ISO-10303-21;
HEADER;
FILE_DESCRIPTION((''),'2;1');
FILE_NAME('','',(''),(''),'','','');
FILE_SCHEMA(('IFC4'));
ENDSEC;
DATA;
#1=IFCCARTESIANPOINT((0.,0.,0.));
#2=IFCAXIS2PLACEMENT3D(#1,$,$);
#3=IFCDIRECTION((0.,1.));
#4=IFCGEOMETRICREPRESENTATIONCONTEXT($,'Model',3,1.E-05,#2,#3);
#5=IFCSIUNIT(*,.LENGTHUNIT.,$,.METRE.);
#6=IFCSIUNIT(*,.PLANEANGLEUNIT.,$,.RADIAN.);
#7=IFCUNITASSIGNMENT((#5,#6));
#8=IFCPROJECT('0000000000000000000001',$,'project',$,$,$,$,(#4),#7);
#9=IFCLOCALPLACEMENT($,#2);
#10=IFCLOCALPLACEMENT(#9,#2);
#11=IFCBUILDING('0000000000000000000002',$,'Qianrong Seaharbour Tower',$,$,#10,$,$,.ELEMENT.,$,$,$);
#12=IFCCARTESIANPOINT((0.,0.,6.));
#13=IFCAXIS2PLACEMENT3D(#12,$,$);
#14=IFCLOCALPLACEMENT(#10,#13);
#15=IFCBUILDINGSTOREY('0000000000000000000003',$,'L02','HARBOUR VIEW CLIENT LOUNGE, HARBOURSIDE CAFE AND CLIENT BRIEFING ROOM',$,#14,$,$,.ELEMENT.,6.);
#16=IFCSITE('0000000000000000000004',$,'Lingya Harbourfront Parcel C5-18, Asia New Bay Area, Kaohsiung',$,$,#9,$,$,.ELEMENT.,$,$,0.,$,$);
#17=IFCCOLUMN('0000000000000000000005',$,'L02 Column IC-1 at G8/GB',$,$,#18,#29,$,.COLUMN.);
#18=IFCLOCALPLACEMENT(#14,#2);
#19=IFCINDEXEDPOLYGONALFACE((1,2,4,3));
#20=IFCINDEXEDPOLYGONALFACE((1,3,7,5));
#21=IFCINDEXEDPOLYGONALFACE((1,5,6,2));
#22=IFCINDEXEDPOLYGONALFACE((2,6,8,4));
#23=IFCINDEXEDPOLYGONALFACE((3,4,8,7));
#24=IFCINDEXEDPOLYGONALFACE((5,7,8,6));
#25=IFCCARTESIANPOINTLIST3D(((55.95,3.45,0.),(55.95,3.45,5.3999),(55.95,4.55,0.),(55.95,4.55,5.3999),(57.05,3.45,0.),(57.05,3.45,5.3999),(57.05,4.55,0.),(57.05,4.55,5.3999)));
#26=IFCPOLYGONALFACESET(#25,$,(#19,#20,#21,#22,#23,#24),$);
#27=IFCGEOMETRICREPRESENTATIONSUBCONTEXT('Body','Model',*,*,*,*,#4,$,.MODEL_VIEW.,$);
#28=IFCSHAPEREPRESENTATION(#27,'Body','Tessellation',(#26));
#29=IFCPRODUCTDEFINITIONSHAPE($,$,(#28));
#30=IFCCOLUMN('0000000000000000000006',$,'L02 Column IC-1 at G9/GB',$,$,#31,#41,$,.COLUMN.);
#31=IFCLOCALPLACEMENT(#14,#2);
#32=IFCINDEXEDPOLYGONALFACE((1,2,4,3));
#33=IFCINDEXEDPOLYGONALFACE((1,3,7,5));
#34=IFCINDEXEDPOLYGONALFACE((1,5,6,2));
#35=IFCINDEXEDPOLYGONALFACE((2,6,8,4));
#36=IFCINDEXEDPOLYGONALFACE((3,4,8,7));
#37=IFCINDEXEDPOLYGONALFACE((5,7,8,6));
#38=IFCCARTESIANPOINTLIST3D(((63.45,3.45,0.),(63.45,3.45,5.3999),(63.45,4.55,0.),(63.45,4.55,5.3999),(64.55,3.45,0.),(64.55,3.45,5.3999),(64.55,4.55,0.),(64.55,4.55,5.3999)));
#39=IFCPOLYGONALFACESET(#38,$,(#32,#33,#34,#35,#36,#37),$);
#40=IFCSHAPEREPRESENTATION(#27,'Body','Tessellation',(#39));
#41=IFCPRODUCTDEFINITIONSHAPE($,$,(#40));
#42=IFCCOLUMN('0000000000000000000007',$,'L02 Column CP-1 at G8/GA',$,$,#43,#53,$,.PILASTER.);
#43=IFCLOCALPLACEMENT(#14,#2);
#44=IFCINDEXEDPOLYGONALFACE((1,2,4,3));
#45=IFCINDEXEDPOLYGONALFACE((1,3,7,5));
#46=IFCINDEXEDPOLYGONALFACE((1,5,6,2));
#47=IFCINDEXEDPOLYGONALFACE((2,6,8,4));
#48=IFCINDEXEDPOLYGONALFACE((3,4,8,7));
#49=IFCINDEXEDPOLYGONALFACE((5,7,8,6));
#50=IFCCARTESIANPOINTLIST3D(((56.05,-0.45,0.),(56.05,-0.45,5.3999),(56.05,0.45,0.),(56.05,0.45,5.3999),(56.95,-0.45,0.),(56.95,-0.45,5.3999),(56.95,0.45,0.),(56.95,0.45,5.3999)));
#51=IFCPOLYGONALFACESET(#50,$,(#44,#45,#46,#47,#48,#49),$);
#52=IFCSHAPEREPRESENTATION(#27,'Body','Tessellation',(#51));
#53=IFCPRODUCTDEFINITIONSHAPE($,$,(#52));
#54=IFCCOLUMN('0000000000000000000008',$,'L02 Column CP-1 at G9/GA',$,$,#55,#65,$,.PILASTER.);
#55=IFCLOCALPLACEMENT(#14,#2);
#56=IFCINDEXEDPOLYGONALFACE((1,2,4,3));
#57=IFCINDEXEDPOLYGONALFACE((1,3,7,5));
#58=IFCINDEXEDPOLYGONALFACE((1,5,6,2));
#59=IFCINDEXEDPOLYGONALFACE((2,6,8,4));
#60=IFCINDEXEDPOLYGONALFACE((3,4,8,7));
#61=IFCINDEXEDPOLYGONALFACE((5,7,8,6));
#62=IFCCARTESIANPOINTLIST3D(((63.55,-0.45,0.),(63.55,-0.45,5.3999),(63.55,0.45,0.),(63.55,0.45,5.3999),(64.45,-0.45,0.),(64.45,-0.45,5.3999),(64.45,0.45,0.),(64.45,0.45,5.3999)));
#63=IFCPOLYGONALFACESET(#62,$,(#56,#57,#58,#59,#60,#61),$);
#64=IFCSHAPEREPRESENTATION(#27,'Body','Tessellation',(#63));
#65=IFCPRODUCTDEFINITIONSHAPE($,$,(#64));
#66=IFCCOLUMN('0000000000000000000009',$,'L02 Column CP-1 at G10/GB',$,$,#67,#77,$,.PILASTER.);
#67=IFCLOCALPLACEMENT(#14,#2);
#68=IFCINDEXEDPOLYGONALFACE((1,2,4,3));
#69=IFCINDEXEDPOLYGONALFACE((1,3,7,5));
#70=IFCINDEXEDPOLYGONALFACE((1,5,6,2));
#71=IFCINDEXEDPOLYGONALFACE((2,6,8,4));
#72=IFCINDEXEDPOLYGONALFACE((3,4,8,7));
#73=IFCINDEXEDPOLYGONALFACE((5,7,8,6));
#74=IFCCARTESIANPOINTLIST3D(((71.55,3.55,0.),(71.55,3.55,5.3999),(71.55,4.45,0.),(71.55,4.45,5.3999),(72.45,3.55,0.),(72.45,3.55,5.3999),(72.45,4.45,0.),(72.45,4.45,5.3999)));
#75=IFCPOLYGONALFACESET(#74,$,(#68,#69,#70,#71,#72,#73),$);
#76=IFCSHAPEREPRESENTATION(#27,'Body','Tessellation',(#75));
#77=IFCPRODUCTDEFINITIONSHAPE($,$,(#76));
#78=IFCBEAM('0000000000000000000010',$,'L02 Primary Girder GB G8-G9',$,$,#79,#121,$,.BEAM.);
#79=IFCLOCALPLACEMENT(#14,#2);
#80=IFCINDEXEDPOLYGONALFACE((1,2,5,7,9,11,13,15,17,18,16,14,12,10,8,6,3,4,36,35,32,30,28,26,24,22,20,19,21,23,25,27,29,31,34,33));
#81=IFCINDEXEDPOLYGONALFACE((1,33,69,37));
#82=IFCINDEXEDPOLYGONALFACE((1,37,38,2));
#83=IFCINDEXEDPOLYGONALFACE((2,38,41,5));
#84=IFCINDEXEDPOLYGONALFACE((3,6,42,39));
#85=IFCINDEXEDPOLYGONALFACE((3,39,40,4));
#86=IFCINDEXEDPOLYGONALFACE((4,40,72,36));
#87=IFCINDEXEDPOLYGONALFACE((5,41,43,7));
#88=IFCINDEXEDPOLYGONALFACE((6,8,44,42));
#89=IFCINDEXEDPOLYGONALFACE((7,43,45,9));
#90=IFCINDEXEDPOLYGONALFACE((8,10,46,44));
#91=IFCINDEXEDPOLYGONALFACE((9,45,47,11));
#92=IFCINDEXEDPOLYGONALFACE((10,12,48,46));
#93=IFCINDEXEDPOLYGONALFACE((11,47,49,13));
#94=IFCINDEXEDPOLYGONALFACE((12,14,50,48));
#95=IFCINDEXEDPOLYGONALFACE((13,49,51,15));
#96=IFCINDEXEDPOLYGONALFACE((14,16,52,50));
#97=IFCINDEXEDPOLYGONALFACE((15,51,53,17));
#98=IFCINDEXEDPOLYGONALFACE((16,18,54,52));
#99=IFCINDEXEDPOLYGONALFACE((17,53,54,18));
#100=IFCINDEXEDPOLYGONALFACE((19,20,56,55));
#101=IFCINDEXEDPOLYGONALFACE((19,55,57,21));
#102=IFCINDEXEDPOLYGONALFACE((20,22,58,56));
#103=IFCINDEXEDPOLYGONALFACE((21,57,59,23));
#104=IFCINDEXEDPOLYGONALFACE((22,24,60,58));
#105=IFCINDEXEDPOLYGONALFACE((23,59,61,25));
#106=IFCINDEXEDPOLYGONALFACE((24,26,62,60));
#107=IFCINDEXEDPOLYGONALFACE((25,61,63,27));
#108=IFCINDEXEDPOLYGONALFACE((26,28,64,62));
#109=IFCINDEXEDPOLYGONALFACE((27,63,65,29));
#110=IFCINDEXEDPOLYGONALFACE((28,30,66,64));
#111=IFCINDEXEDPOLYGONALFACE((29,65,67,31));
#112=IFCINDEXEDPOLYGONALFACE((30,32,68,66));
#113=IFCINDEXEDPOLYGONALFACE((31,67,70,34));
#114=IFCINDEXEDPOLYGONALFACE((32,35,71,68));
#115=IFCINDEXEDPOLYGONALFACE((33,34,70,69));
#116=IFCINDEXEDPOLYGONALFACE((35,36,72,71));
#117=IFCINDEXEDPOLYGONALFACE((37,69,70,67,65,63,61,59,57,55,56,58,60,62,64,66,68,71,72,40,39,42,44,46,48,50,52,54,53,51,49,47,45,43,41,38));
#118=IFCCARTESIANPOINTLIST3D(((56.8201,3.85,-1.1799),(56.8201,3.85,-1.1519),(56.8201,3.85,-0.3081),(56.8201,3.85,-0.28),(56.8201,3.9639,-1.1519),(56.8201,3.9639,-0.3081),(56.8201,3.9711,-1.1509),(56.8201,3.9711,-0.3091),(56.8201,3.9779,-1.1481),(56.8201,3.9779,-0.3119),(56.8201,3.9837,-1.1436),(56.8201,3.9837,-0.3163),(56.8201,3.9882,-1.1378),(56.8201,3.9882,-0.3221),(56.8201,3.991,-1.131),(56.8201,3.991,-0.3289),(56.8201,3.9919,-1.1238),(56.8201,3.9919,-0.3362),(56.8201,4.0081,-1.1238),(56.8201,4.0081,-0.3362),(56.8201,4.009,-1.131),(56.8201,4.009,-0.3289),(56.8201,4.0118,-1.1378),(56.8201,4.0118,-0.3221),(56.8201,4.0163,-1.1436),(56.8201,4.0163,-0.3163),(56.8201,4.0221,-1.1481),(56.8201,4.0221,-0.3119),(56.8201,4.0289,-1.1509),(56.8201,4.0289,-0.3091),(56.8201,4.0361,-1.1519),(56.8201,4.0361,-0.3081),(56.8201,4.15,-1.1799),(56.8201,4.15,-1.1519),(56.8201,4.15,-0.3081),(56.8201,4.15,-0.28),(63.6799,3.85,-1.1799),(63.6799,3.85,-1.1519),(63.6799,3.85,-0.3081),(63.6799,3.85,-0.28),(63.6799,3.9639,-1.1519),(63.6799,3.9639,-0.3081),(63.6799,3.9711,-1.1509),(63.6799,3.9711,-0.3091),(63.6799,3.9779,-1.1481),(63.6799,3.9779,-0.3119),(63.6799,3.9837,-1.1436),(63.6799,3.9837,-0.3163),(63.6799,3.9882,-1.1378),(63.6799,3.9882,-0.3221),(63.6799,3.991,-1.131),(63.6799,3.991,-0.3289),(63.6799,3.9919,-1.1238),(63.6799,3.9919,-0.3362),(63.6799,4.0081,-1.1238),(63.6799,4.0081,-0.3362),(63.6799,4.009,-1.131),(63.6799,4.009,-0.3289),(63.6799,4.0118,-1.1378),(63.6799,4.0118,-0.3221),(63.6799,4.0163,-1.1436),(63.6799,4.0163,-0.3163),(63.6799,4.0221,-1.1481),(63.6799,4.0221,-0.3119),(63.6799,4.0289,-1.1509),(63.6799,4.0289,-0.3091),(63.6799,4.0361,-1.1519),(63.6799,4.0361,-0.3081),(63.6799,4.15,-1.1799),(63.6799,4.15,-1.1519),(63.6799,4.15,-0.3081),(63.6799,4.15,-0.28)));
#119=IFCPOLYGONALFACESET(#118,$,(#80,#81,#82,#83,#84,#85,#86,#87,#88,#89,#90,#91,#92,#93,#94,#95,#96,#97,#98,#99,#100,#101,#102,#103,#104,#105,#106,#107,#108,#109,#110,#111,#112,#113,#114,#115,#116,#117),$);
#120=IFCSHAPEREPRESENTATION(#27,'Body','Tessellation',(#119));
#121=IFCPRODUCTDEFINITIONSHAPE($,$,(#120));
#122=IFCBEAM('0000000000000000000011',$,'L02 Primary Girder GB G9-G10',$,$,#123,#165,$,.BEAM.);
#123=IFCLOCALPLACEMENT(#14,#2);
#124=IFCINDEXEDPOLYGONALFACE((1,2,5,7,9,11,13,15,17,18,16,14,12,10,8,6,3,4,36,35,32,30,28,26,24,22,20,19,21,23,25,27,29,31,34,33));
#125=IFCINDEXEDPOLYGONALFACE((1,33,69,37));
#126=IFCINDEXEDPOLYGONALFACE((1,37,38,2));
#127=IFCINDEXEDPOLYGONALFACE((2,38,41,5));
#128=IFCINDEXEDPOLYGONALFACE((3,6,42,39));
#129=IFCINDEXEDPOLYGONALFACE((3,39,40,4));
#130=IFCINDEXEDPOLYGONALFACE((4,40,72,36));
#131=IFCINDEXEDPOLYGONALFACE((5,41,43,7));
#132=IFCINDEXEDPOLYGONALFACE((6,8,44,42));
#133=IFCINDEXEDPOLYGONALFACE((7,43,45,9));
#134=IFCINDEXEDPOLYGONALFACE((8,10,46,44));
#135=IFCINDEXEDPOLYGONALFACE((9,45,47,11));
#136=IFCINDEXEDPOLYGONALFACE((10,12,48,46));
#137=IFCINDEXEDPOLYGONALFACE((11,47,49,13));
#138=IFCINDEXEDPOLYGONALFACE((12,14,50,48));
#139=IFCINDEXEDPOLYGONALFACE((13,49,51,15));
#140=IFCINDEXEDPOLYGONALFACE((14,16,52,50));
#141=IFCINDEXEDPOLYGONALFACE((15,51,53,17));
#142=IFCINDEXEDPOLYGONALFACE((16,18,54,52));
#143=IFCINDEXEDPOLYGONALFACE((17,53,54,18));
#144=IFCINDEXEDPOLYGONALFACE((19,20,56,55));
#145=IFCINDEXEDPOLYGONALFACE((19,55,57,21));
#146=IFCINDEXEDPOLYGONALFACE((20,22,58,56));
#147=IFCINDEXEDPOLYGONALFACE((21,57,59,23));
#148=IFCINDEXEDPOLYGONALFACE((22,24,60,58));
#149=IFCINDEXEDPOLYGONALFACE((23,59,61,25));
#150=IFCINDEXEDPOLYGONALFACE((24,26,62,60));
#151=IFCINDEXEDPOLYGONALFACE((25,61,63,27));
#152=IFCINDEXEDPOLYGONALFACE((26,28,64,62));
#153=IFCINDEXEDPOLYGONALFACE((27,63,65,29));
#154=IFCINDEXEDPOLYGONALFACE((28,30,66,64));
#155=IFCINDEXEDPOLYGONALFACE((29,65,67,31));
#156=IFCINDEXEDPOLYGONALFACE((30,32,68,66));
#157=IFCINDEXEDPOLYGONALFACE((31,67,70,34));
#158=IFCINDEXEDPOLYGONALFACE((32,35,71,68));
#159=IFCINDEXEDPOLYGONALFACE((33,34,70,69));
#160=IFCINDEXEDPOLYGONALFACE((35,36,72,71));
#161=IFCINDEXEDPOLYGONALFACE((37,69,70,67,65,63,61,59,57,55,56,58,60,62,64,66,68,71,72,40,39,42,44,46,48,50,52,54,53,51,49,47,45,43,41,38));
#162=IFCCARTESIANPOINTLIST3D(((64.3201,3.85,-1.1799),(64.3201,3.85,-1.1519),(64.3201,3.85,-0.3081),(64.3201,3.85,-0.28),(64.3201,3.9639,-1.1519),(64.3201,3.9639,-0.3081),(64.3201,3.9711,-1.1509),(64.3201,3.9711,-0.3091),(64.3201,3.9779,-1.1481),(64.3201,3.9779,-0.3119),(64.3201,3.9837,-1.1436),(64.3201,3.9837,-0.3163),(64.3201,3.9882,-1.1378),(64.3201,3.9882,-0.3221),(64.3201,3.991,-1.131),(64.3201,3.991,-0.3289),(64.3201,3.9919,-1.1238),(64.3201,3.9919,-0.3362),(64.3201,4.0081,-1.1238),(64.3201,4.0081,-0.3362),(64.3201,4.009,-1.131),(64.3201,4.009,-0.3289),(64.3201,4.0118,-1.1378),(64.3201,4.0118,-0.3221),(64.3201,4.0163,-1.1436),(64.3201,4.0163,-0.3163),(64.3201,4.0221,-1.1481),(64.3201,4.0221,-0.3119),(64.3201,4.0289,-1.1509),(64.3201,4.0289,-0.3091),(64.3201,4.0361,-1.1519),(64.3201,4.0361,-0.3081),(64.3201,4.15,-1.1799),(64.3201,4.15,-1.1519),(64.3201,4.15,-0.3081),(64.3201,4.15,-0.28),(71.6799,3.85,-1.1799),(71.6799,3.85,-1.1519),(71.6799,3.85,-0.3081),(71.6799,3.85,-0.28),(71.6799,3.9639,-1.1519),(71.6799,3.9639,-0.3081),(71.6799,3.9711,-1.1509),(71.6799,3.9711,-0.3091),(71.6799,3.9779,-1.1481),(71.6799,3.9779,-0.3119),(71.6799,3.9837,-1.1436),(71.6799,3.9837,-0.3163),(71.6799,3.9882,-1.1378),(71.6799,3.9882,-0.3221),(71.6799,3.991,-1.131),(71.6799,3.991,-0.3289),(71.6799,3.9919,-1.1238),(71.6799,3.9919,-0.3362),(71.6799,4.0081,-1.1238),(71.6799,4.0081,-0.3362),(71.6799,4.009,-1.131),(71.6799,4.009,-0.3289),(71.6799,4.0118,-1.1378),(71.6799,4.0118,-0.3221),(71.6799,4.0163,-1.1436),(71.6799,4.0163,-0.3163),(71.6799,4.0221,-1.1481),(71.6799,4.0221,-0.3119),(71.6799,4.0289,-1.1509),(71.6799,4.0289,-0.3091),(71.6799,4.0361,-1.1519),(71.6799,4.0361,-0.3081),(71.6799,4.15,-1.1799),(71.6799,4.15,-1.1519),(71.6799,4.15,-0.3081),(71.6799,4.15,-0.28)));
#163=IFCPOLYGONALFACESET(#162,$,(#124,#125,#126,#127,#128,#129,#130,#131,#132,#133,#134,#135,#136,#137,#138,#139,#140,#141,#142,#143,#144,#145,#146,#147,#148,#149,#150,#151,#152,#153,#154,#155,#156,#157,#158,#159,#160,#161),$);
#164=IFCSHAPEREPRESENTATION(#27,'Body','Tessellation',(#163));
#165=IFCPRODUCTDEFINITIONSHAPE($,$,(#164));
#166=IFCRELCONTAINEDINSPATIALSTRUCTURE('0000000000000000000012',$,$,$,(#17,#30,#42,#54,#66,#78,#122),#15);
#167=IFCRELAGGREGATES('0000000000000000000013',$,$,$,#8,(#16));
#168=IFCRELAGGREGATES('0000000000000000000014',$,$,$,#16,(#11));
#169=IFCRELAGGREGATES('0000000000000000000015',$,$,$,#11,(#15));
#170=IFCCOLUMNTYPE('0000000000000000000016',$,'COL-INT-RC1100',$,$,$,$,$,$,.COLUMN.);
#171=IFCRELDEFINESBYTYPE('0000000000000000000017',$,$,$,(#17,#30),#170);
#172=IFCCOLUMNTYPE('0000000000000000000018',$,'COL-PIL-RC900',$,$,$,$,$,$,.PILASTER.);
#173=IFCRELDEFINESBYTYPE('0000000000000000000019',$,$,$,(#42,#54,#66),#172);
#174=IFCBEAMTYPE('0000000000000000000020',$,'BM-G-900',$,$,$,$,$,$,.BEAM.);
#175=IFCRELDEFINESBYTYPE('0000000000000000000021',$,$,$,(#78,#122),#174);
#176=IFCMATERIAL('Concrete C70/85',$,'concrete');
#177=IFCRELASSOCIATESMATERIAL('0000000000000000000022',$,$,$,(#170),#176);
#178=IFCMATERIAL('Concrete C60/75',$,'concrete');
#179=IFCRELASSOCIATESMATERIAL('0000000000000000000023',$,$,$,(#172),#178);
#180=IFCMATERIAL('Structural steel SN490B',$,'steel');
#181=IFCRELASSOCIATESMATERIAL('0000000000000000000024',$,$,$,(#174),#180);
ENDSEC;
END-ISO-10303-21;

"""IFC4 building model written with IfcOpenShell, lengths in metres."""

from ifc_helpers import new_model, si_unit, direction, frame, origin, origin_2d, place, context, subcontext, project, spatial, rectangle, i_section, extrude, material, material_profile, profile_set, type_object, element, save


model = new_model("IFC4")

# Units and contexts
model_context = context("Model", 3, precision=1e-05, world=origin(), true_north=direction((0.0, 1.0)))
body_context = subcontext(model_context, "Body", "Model", "MODEL_VIEW")
ifc_project = project(units=[si_unit("LENGTHUNIT", "METRE"), si_unit("PLANEANGLEUNIT", "RADIAN")], contexts=[model_context])

# Site, building, storey
site_placement = place(None, origin())
site = spatial("IfcSite", under=ifc_project, at=site_placement, Name="Lingya Harbourfront Parcel C5-18, Asia New Bay Area, Kaohsiung", CompositionType="ELEMENT", RefElevation=0.0)
building_placement = place(site_placement, origin())
building = spatial("IfcBuilding", under=site, at=building_placement, Name="Qianrong Seaharbour Tower", CompositionType="ELEMENT")
storey_placement = place(building_placement, frame((0.0, 0.0, 6.0)))
storey = spatial("IfcBuildingStorey", under=building, at=storey_placement, Name="L02", Description="HARBOUR VIEW CLIENT LOUNGE, HARBOURSIDE CAFE AND CLIENT BRIEFING ROOM", CompositionType="ELEMENT", Elevation=6.0)

# Columns
ifc_material_1 = material(Name="Concrete C70/85", Category="concrete")
ifc_material_profile_1 = material_profile(ifc_material_1, rectangle(XDim=1.1001, YDim=1.1001, at=origin_2d()), Name="RC1100x1100")
ifc_profile_set_1 = profile_set([ifc_material_profile_1], Name="Concrete C70/85")
column_type_1 = type_object("IfcColumnType", Name="COL-INT-RC1100", PredefinedType="COLUMN", material=ifc_profile_set_1)
for number, where, z_axis, x_axis, name in (
    (1, (56.5, 4.0, 0.0), (0.0, 0.0, 1.0), (1.0, 0.0, 0.0), "L02 Column IC-1 at G8/GB"),
    (2, (64.0, 4.0, 0.0), (0.0, 0.0, 1.0), (1.0, 0.0, 0.0), "L02 Column IC-1 at G9/GB"),
):
    element("IfcColumn", number, at=place(storey_placement, frame(where, z_axis=z_axis, x_axis=x_axis)), inside=storey, type_object=column_type_1, Name=name, PredefinedType="COLUMN", context=body_context, shape_type="SweptSolid", body=[
        extrude(rectangle(XDim=1.1001, YDim=1.1001, at=origin_2d()), origin(), (0.0, 0.0, 1.0), 5.3999),
    ])
ifc_material_2 = material(Name="Concrete C60/75", Category="concrete")
ifc_material_profile_2 = material_profile(ifc_material_2, rectangle(XDim=0.8999, YDim=0.8999, at=origin_2d()), Name="RC900x900")
ifc_profile_set_2 = profile_set([ifc_material_profile_2], Name="Concrete C60/75")
column_type_2 = type_object("IfcColumnType", Name="COL-PIL-RC900", PredefinedType="PILASTER", material=ifc_profile_set_2)
for number, where, z_axis, x_axis, name in (
    (3, (56.5, 0.0, 0.0), (0.0, 0.0, 1.0), (1.0, 0.0, 0.0), "L02 Column CP-1 at G8/GA"),
    (4, (64.0, 0.0, 0.0), (0.0, 0.0, 1.0), (1.0, 0.0, 0.0), "L02 Column CP-1 at G9/GA"),
    (5, (72.0, 4.0, 0.0), (0.0, 0.0, 1.0), (1.0, 0.0, 0.0), "L02 Column CP-1 at G10/GB"),
):
    element("IfcColumn", number, at=place(storey_placement, frame(where, z_axis=z_axis, x_axis=x_axis)), inside=storey, type_object=column_type_2, Name=name, PredefinedType="PILASTER", context=body_context, shape_type="SweptSolid", body=[
        extrude(rectangle(XDim=0.8999, YDim=0.8999, at=origin_2d()), origin(), (0.0, 0.0, 1.0), 5.3999),
    ])

# Beams
ifc_material_3 = material(Name="Structural steel SN490B", Category="steel")
ifc_material_profile_3 = material_profile(ifc_material_3, i_section(OverallWidth=0.3, OverallDepth=0.8999, WebThickness=0.0161, FlangeThickness=0.0281, FilletRadius=0.0281, at=origin_2d()), Name="H900x300x16x28")
ifc_profile_set_3 = profile_set([ifc_material_profile_3], Name="Structural steel SN490B")
beam_type_1 = type_object("IfcBeamType", Name="BM-G-900", PredefinedType="BEAM", material=ifc_profile_set_3)
beam_1_placement = place(storey_placement, frame((56.8201, 4.0, -0.73), z_axis=(1.0, 0.0, 0.0), x_axis=(0.0, 1.0, 0.0)))
element("IfcBeam", 6, at=beam_1_placement, inside=storey, type_object=beam_type_1, Name="L02 Primary Girder GB G8-G9", PredefinedType="BEAM", context=body_context, shape_type="SweptSolid", body=[
    extrude(i_section(OverallWidth=0.3, OverallDepth=0.8999, WebThickness=0.0161, FlangeThickness=0.0281, FilletRadius=0.0281, at=origin_2d()), origin(), (0.0, 0.0, 1.0), 6.8599),
])
beam_2_placement = place(storey_placement, frame((64.3201, 4.0, -0.73), z_axis=(1.0, 0.0, 0.0), x_axis=(0.0, 1.0, 0.0)))
element("IfcBeam", 7, at=beam_2_placement, inside=storey, type_object=beam_type_1, Name="L02 Primary Girder GB G9-G10", PredefinedType="BEAM", context=body_context, shape_type="SweptSolid", body=[
    extrude(i_section(OverallWidth=0.3, OverallDepth=0.8999, WebThickness=0.0161, FlangeThickness=0.0281, FilletRadius=0.0281, at=origin_2d()), origin(), (0.0, 0.0, 1.0), 7.3599),
])

save(model, "model.ifc")
